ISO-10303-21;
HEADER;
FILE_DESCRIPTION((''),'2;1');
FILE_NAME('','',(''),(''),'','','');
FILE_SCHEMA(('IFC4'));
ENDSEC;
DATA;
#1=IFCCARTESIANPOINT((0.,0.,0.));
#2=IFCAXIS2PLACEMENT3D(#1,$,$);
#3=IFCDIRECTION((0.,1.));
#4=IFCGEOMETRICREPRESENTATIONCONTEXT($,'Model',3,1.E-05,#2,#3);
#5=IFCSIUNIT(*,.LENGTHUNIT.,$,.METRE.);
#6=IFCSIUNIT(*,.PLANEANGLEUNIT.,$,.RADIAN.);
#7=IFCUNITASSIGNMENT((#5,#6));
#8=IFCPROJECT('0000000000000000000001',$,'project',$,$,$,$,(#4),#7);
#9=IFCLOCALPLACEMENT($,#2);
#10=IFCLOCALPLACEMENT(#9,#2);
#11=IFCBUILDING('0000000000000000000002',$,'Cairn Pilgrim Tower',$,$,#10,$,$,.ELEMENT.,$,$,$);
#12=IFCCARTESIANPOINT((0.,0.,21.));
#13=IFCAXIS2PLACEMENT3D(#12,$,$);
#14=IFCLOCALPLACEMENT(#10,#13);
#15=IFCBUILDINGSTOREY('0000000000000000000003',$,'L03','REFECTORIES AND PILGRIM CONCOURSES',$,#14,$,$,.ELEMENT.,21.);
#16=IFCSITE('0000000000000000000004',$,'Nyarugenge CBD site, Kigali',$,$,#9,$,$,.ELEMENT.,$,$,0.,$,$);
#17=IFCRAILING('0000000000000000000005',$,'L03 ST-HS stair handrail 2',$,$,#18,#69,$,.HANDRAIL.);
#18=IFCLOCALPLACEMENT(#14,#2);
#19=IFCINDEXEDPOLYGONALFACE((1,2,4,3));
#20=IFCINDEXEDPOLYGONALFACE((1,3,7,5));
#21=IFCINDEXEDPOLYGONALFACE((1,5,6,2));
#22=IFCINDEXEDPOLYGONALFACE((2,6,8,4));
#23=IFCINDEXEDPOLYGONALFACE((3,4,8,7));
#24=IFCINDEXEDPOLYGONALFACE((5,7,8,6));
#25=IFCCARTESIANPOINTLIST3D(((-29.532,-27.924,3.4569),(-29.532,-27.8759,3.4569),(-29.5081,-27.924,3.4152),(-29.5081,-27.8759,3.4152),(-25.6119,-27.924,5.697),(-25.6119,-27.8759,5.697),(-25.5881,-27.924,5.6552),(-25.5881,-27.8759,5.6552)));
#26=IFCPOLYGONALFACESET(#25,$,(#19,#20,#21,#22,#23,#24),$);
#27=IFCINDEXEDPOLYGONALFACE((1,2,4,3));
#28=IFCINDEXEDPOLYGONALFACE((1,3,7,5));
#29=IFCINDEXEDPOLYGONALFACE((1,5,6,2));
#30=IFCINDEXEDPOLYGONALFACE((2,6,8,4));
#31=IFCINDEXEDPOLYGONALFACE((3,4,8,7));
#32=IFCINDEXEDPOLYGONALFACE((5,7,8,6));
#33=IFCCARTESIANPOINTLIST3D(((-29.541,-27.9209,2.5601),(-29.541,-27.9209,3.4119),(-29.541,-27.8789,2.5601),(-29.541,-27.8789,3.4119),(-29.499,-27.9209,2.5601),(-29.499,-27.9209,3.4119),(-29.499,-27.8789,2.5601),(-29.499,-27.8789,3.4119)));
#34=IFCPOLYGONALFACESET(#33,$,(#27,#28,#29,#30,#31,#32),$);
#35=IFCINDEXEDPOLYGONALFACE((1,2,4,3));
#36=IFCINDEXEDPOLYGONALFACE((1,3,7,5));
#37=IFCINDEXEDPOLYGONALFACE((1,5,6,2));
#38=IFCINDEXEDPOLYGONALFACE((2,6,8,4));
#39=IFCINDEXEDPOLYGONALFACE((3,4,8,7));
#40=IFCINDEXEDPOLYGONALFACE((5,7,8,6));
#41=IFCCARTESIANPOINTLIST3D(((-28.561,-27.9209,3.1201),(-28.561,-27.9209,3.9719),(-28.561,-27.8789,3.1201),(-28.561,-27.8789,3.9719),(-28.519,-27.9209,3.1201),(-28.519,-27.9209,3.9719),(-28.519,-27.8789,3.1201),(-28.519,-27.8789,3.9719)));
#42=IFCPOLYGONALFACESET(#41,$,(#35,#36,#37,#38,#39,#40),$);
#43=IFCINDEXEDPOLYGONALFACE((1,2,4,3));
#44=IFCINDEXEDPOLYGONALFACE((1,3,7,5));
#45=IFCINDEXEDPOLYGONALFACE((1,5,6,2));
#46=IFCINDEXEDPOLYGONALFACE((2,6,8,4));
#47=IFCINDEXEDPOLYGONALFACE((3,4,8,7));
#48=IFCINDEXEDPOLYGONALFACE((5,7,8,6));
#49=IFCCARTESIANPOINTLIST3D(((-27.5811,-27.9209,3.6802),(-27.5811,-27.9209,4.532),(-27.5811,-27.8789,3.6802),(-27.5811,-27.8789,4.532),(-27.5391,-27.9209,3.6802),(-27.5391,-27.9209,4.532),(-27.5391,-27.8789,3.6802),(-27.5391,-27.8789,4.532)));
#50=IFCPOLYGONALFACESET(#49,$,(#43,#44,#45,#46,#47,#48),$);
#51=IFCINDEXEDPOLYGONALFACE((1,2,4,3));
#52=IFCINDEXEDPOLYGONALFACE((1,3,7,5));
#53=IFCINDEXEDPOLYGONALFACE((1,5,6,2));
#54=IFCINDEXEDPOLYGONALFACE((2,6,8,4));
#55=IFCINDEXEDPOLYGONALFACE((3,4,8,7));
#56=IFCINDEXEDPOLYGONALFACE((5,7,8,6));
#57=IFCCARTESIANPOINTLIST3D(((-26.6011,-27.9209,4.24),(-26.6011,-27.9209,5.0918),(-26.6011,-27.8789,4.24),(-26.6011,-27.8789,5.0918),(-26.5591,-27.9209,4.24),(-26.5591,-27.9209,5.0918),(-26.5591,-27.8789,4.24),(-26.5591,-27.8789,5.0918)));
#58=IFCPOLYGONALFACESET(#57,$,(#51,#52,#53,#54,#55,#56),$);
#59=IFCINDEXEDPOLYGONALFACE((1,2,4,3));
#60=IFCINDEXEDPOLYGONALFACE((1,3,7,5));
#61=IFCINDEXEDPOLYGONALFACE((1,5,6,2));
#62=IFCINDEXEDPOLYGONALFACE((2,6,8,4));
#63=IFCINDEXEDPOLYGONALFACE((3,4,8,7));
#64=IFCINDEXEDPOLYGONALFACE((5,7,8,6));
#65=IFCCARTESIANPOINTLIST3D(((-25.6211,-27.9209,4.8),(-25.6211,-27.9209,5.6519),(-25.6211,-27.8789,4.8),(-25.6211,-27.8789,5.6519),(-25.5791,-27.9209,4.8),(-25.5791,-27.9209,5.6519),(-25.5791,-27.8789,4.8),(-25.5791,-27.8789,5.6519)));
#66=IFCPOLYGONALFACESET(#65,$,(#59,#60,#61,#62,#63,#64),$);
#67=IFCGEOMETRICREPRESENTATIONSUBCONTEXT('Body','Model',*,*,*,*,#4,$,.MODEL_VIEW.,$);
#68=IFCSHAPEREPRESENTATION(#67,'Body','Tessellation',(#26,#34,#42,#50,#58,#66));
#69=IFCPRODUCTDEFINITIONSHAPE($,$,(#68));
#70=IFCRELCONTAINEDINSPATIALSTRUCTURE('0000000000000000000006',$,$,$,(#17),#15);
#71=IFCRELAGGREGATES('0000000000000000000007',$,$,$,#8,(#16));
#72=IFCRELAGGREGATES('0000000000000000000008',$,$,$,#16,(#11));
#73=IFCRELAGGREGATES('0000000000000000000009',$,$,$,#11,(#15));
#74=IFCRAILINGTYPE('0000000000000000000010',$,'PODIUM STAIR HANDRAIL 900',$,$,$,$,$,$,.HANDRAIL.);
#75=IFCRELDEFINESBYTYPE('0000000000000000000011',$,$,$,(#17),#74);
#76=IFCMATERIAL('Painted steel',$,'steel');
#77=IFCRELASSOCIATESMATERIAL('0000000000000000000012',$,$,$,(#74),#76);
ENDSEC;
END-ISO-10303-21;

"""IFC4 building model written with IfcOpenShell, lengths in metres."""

from ifc_helpers import new_model, si_unit, direction, frame, origin, origin_2d, place, context, subcontext, project, spatial, rectangle, extrude, material, type_object, element, save


model = new_model("IFC4")

# Units and contexts
model_context = context("Model", 3, precision=1e-05, world=origin(), true_north=direction((0.0, 1.0)))
body_context = subcontext(model_context, "Body", "Model", "MODEL_VIEW")
ifc_project = project(units=[si_unit("LENGTHUNIT", "METRE"), si_unit("PLANEANGLEUNIT", "RADIAN")], contexts=[model_context])

# Site, building, storey
site_placement = place(None, origin())
site = spatial("IfcSite", under=ifc_project, at=site_placement, Name="Nyarugenge CBD site, Kigali", CompositionType="ELEMENT", RefElevation=0.0)
building_placement = place(site_placement, origin())
building = spatial("IfcBuilding", under=site, at=building_placement, Name="Cairn Pilgrim Tower", CompositionType="ELEMENT")
storey_placement = place(building_placement, frame((0.0, 0.0, 21.0)))
storey = spatial("IfcBuildingStorey", under=building, at=storey_placement, Name="L03", Description="REFECTORIES AND PILGRIM CONCOURSES", CompositionType="ELEMENT", Elevation=21.0)

# Railing
ifc_material_1 = material(Name="Painted steel", Category="steel")
railing_type_1 = type_object("IfcRailingType", Name="PODIUM STAIR HANDRAIL 900", PredefinedType="HANDRAIL", material=ifc_material_1)
railing_1_placement = place(storey_placement, frame((-29.52, -27.8999, 2.5601)))
element("IfcRailing", 1, at=railing_1_placement, inside=storey, type_object=railing_type_1, Name="L03 ST-HS stair handrail 2", PredefinedType="HANDRAIL", context=body_context, shape_type="SweptSolid", body=[
    extrude(rectangle(XDim=0.0481, YDim=0.0481, at=origin_2d()), frame((0.0, 0.0, 0.876), z_axis=(0.86824, 0.0, 0.496145), x_axis=(0.0, 1.0, 0.0)), (0.0, 0.0, 1.0), 4.5149),
    extrude(rectangle(XDim=0.042, YDim=0.042, at=origin_2d()), origin(), (0.0, 0.0, 1.0), 0.8518),
    extrude(rectangle(XDim=0.042, YDim=0.042, at=origin_2d()), frame((0.98, 0.0, 0.5601)), (0.0, 0.0, 1.0), 0.8518),
    extrude(rectangle(XDim=0.042, YDim=0.042, at=origin_2d()), frame((1.96, 0.0, 1.1201)), (0.0, 0.0, 1.0), 0.8518),
    extrude(rectangle(XDim=0.042, YDim=0.042, at=origin_2d()), frame((2.9399, 0.0, 1.6799)), (0.0, 0.0, 1.0), 0.8518),
    extrude(rectangle(XDim=0.042, YDim=0.042, at=origin_2d()), frame((3.9199, 0.0, 2.24)), (0.0, 0.0, 1.0), 0.8518),
])

save(model, "model.ifc")
